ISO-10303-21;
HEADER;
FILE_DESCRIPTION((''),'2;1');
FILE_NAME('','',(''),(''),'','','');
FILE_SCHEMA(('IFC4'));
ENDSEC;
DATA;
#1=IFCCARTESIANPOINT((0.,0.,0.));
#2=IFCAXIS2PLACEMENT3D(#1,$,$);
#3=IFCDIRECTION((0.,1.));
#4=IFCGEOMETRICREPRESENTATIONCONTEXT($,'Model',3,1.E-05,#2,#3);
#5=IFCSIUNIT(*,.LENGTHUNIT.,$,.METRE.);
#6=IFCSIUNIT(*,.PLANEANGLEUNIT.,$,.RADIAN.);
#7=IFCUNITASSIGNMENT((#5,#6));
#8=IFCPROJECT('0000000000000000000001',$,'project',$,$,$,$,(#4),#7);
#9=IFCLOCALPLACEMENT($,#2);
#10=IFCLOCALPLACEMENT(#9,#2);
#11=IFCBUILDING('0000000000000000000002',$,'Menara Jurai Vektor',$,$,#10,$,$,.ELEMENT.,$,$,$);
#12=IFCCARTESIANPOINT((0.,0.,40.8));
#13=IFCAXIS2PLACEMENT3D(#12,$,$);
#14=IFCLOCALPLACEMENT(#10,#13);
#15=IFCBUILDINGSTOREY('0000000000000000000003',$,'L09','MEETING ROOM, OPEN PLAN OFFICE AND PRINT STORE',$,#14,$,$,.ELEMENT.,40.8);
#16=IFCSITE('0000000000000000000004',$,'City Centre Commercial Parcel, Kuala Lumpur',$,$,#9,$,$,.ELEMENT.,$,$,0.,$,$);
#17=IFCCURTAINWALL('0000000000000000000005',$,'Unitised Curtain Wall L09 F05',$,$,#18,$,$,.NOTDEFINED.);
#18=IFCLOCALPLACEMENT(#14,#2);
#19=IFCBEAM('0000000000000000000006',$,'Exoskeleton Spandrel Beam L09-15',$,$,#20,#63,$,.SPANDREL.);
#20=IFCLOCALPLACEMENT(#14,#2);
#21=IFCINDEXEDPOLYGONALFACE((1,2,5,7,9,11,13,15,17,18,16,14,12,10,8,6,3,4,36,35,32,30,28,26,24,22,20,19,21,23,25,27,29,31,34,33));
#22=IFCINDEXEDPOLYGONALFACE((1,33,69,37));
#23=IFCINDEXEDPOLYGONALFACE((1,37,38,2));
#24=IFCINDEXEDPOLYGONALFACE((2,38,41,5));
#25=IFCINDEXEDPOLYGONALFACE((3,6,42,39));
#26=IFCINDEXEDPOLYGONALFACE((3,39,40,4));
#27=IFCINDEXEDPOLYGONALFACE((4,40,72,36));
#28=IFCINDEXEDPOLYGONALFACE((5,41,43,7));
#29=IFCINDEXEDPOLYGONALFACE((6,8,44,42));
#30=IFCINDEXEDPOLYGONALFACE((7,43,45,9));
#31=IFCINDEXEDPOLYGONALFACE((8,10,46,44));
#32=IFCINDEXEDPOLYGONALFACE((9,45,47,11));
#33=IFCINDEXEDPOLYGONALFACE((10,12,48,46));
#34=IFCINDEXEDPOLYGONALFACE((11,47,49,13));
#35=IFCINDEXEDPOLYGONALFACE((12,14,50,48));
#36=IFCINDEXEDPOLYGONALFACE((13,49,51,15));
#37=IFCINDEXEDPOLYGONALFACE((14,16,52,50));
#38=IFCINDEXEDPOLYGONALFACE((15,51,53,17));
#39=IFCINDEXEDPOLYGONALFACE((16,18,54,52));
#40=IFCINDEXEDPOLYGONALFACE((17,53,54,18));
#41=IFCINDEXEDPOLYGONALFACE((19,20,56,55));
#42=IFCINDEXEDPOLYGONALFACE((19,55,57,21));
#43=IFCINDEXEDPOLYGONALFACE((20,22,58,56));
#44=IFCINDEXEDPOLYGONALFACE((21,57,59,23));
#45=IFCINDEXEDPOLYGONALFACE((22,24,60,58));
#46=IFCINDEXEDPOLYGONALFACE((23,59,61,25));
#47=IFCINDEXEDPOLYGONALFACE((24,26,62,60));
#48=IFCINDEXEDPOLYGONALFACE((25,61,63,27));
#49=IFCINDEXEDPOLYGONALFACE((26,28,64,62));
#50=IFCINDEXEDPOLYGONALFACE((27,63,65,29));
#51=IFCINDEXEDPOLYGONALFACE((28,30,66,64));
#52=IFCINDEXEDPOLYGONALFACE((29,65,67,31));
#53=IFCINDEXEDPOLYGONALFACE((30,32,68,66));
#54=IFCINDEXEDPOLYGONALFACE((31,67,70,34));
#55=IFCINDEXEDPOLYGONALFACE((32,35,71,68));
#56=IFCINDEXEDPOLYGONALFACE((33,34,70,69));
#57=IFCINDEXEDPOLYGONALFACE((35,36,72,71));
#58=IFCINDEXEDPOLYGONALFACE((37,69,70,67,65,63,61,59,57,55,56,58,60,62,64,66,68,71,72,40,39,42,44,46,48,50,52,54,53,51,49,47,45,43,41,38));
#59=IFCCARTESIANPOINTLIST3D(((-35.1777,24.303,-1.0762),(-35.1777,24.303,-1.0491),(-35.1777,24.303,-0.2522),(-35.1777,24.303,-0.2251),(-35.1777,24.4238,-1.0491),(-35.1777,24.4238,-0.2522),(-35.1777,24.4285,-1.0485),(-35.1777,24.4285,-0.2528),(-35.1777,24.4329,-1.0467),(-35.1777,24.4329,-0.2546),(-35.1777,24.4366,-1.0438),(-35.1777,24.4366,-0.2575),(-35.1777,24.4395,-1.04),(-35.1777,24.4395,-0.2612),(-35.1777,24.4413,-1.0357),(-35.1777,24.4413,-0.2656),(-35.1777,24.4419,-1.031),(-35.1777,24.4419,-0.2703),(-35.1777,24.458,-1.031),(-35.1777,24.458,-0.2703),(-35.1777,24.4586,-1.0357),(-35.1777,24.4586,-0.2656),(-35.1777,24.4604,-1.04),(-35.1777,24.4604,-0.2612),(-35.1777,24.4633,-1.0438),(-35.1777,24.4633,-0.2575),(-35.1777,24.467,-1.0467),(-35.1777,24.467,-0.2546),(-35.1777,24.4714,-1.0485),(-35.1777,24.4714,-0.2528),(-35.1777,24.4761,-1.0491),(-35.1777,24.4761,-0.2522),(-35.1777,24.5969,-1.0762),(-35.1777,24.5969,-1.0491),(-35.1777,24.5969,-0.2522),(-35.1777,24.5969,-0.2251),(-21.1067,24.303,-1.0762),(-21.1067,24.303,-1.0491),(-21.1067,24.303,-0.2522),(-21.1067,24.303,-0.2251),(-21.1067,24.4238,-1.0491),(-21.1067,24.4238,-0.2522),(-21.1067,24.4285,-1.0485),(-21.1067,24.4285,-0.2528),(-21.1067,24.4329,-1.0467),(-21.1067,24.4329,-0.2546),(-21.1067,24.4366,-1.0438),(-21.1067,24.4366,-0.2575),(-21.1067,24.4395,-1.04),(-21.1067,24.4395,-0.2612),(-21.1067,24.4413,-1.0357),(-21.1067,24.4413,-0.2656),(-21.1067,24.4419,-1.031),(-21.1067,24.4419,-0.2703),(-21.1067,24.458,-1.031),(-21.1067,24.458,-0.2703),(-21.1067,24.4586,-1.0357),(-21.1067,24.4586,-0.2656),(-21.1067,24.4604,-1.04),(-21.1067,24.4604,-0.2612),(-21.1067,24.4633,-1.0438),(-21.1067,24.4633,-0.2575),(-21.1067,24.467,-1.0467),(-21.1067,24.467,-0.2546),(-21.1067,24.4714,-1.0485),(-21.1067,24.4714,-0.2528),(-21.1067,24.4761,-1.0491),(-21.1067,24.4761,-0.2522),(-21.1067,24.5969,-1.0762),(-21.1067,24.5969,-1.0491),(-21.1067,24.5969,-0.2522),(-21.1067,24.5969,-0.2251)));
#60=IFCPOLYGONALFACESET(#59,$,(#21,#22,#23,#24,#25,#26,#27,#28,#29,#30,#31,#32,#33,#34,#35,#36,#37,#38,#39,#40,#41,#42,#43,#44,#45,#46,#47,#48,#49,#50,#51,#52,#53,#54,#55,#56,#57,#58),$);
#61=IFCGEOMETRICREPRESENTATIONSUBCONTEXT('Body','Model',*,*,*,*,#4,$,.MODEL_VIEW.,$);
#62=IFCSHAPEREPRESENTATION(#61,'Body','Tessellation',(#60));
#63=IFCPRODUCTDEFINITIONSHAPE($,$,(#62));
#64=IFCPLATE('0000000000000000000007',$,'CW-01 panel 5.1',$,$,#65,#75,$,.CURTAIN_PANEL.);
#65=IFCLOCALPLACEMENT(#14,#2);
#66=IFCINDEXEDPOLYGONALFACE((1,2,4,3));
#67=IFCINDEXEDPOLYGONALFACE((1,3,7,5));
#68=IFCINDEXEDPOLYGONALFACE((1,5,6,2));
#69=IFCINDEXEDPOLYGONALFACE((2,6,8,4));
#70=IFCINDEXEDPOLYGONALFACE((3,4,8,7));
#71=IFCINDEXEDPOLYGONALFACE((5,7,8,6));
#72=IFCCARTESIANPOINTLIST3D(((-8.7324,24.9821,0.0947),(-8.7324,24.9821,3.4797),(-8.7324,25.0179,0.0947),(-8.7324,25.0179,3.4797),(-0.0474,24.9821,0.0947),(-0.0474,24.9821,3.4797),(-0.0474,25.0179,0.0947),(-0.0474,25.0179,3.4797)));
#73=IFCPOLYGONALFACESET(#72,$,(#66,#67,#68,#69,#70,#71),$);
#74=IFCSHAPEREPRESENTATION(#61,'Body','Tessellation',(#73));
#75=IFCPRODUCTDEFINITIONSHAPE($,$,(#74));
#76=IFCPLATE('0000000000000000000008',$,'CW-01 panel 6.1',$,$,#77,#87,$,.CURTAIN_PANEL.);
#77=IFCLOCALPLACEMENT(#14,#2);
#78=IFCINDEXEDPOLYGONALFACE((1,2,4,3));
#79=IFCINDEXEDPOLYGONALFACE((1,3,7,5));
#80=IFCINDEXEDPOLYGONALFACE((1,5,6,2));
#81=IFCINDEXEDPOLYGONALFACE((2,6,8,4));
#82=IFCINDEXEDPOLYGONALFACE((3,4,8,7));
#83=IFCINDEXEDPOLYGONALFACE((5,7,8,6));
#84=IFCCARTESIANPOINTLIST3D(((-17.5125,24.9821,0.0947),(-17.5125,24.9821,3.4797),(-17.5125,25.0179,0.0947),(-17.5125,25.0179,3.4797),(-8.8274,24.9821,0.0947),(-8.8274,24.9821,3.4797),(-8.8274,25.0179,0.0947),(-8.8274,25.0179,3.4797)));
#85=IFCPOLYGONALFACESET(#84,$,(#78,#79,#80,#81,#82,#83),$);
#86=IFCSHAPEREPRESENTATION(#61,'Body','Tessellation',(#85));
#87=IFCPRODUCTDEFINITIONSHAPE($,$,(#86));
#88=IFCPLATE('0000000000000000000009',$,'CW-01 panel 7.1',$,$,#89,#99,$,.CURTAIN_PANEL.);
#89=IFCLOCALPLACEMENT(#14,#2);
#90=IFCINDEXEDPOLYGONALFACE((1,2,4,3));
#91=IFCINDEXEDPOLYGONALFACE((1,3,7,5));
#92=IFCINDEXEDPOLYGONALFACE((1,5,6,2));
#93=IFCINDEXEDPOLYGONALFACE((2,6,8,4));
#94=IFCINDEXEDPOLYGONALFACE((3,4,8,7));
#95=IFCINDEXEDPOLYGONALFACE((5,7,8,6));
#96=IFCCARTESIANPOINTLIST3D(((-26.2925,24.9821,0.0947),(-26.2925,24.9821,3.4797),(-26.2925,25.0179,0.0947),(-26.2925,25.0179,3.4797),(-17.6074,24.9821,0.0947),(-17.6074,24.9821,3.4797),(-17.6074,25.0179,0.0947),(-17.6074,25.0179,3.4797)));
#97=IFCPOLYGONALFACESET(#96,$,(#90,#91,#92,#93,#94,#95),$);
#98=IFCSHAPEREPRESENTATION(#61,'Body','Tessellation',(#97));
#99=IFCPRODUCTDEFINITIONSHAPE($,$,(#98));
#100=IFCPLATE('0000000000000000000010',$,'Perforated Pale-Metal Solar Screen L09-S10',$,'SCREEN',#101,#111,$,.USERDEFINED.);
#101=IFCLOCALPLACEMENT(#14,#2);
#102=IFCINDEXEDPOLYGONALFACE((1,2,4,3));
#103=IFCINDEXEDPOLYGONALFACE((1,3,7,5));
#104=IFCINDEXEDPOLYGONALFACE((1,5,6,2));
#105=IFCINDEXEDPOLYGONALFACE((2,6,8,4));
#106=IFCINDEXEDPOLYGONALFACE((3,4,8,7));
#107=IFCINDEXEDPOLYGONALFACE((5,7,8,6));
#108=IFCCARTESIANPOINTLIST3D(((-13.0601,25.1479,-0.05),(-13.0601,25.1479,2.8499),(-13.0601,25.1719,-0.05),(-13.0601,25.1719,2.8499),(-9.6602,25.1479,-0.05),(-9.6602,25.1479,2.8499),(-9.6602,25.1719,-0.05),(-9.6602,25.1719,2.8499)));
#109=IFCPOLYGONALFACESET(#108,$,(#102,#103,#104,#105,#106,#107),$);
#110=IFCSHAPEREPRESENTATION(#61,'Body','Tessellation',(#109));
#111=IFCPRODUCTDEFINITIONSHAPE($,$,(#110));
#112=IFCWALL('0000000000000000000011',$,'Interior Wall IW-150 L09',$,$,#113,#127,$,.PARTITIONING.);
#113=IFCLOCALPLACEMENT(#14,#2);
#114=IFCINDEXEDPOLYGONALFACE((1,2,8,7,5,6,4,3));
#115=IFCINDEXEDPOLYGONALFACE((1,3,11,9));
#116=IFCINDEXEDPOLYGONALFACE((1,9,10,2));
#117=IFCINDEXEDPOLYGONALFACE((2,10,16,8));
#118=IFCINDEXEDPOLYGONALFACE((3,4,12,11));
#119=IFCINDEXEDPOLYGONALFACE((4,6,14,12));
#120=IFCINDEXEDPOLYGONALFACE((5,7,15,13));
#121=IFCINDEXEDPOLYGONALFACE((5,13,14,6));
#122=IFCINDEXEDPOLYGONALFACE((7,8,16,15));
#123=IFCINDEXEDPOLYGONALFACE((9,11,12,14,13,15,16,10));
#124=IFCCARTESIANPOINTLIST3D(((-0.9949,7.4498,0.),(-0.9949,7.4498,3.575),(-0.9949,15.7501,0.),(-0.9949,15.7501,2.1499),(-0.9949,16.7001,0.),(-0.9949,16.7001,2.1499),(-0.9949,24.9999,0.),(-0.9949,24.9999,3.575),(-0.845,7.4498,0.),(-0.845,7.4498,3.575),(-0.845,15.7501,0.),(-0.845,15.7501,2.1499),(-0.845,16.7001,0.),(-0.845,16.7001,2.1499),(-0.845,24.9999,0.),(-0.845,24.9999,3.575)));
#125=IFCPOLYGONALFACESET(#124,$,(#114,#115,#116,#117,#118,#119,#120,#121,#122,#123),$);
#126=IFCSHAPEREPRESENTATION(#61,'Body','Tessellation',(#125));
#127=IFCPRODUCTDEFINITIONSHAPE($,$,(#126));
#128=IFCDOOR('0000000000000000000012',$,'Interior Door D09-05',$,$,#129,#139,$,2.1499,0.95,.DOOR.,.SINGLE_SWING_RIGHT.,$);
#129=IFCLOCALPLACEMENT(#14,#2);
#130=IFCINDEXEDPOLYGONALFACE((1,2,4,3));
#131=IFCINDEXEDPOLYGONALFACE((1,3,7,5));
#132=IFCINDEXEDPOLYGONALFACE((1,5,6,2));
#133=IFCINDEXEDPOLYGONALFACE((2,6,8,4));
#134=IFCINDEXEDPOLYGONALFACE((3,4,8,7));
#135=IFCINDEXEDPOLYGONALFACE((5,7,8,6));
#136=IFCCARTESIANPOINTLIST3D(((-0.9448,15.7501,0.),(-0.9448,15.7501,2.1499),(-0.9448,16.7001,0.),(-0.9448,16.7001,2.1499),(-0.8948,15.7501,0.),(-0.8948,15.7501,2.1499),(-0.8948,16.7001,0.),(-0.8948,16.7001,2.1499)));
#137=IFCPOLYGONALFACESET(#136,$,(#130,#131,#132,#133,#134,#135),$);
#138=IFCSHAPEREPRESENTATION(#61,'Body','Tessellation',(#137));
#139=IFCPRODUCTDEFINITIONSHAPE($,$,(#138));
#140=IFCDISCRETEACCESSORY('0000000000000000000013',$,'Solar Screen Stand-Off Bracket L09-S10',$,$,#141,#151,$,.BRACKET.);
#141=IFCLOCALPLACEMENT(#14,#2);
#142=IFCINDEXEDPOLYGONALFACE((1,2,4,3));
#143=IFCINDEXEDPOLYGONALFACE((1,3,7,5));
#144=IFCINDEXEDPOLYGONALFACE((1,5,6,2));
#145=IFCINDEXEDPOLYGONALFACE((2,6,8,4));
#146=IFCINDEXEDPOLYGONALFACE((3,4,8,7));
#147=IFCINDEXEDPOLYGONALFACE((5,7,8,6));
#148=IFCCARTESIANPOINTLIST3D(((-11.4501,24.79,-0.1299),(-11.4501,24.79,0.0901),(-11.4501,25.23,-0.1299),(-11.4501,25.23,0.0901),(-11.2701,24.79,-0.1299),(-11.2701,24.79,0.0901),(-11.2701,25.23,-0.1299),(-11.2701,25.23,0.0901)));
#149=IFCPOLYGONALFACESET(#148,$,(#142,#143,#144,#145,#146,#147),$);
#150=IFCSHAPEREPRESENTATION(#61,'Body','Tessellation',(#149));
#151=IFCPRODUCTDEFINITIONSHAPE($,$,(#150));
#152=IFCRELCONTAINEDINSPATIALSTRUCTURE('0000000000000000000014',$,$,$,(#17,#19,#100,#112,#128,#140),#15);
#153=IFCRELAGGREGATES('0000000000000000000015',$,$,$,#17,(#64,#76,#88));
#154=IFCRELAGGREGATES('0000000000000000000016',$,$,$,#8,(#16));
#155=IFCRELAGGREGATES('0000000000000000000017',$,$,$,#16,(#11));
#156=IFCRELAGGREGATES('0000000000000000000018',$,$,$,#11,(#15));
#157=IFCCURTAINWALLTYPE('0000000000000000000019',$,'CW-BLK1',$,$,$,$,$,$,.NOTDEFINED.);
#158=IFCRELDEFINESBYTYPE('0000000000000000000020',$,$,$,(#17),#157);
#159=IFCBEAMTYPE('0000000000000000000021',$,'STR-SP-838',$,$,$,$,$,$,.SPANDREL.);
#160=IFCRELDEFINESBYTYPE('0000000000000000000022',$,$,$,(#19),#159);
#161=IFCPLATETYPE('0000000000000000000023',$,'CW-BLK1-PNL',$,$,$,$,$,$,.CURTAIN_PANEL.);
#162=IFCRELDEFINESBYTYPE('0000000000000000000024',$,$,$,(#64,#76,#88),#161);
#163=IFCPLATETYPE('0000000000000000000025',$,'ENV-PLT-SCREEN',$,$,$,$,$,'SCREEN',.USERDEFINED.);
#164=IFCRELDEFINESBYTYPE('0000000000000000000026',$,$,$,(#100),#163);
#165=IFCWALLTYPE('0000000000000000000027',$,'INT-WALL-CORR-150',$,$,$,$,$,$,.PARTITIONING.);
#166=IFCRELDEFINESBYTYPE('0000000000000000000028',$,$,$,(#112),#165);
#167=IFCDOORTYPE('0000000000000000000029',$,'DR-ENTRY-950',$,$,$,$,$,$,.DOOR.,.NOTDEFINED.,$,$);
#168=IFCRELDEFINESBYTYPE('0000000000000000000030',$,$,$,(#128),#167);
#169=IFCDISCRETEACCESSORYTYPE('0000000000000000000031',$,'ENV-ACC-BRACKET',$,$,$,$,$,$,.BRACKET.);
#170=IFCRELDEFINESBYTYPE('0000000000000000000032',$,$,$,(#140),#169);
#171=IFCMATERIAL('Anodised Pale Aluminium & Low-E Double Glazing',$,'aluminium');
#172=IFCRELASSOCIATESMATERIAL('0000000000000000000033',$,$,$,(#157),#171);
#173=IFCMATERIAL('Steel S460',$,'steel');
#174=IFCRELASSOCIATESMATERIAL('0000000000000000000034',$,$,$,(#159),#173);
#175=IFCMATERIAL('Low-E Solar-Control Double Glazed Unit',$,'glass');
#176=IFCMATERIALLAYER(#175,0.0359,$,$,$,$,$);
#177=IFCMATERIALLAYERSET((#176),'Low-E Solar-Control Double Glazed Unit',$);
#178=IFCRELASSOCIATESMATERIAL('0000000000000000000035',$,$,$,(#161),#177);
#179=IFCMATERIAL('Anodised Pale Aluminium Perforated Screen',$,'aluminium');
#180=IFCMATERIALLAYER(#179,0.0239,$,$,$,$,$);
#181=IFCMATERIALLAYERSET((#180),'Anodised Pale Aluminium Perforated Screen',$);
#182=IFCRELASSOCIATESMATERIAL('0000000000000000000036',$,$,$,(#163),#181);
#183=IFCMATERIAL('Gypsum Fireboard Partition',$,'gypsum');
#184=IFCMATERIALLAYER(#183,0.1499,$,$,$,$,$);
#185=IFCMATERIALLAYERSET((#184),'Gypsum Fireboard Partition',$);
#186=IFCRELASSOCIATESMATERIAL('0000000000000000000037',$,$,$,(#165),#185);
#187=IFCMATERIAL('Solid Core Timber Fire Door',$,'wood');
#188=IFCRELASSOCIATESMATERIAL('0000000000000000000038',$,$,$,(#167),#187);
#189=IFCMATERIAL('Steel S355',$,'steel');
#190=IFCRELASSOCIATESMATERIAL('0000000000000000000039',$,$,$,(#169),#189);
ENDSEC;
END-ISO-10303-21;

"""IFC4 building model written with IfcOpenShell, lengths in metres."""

from ifc_helpers import new_model, si_unit, direction, frame, frame_2d, origin, origin_2d, place, context, subcontext, project, spatial, rectangle, i_section, extrude, material, layer, layer_set, material_profile, profile_set, type_object, element, fill, aggregate, save


model = new_model("IFC4")

# Units and contexts
model_context = context("Model", 3, precision=1e-05, world=origin(), true_north=direction((0.0, 1.0)))
body_context = subcontext(model_context, "Body", "Model", "MODEL_VIEW")
ifc_project = project(units=[si_unit("LENGTHUNIT", "METRE"), si_unit("PLANEANGLEUNIT", "RADIAN")], contexts=[model_context])

# Site, building, storey
site_placement = place(None, origin())
site = spatial("IfcSite", under=ifc_project, at=site_placement, Name="City Centre Commercial Parcel, Kuala Lumpur", CompositionType="ELEMENT", RefElevation=0.0)
building_placement = place(site_placement, origin())
building = spatial("IfcBuilding", under=site, at=building_placement, Name="Menara Jurai Vektor", CompositionType="ELEMENT")
storey_placement = place(building_placement, frame((0.0, 0.0, 40.8)))
storey = spatial("IfcBuildingStorey", under=building, at=storey_placement, Name="L09", Description="MEETING ROOM, OPEN PLAN OFFICE AND PRINT STORE", CompositionType="ELEMENT", Elevation=40.8)

# Shared definitions
ifc_material_1 = material(Name="Steel S460", Category="steel")

# Curtain wall
ifc_material_2 = material(Name="Anodised Pale Aluminium & Low-E Double Glazing", Category="aluminium")
curtain_wall_type = type_object("IfcCurtainWallType", Name="CW-BLK1", PredefinedType="NOTDEFINED", material=ifc_material_2)
curtain_wall_placement = place(storey_placement, origin())
curtain_wall = element("IfcCurtainWall", 1, at=curtain_wall_placement, inside=storey, type_object=curtain_wall_type, Name="Unitised Curtain Wall L09 F05", PredefinedType="NOTDEFINED")

# Beam
ifc_material_3 = material(Name="Steel S355", Category="steel")
ifc_material_profile_1 = material_profile(ifc_material_1, i_section(OverallWidth=0.2939, OverallDepth=0.8511, WebThickness=0.0161, FlangeThickness=0.0271, FilletRadius=0.0181, at=origin_2d()), Name="UKB 838x292x226")
ifc_profile_set_1 = profile_set([ifc_material_profile_1], Name="Steel S460")
beam_type_1 = type_object("IfcBeamType", Name="STR-SP-838", PredefinedType="SPANDREL", material=ifc_profile_set_1)
for number, where, z_axis, x_axis, name in (
    (2, (-21.1067, 24.45, -0.6506), (-1.0, 0.0, 0.0), (0.0, -1.0, 0.0), "Exoskeleton Spandrel Beam L09-15"),
):
    element("IfcBeam", number, at=place(storey_placement, frame(where, z_axis=z_axis, x_axis=x_axis)), inside=storey, type_object=beam_type_1, Name=name, PredefinedType="SPANDREL", context=body_context, shape_type="SweptSolid", body=[
        extrude(i_section(OverallWidth=0.2939, OverallDepth=0.8511, WebThickness=0.0161, FlangeThickness=0.0271, FilletRadius=0.0181, at=origin_2d()), origin(), (0.0, 0.0, 1.0), 14.071),
    ])

# Plates
ifc_material_4 = material(Name="Low-E Solar-Control Double Glazed Unit", Category="glass")
ifc_layer_1 = layer(ifc_material_4, 0.0359)
ifc_layer_set_1 = layer_set([ifc_layer_1], Name="Low-E Solar-Control Double Glazed Unit")
plate_type_1 = type_object("IfcPlateType", Name="CW-BLK1-PNL", PredefinedType="CURTAIN_PANEL", material=ifc_layer_set_1)
plate_1_placement = place(storey_placement, frame((-4.3899, 25.0, 0.0947), z_axis=(0.0, 0.0, 1.0), x_axis=(-1.0, 0.0, 0.0)))
plate_1 = element("IfcPlate", 3, at=plate_1_placement, type_object=plate_type_1, Name="CW-01 panel 5.1", PredefinedType="CURTAIN_PANEL", context=body_context, shape_type="SweptSolid", body=[
    extrude(rectangle(XDim=8.6851, YDim=0.0359, at=origin_2d()), origin(), (0.0, 0.0, 1.0), 3.385),
])
plate_2_placement = place(storey_placement, frame((-13.1699, 25.0, 0.0947), z_axis=(0.0, 0.0, 1.0), x_axis=(-1.0, 0.0, 0.0)))
plate_2 = element("IfcPlate", 4, at=plate_2_placement, type_object=plate_type_1, Name="CW-01 panel 6.1", PredefinedType="CURTAIN_PANEL", context=body_context, shape_type="SweptSolid", body=[
    extrude(rectangle(XDim=8.6851, YDim=0.0359, at=origin_2d()), origin(), (0.0, 0.0, 1.0), 3.385),
])
plate_3_placement = place(storey_placement, frame((-21.95, 25.0, 0.0947), z_axis=(0.0, 0.0, 1.0), x_axis=(-1.0, 0.0, 0.0)))
plate_3 = element("IfcPlate", 5, at=plate_3_placement, type_object=plate_type_1, Name="CW-01 panel 7.1", PredefinedType="CURTAIN_PANEL", context=body_context, shape_type="SweptSolid", body=[
    extrude(rectangle(XDim=8.6851, YDim=0.0359, at=origin_2d()), origin(), (0.0, 0.0, 1.0), 3.385),
])
aggregate(curtain_wall, [plate_1, plate_2, plate_3])
ifc_material_5 = material(Name="Anodised Pale Aluminium Perforated Screen", Category="aluminium")
ifc_layer_2 = layer(ifc_material_5, 0.0239)
ifc_layer_set_2 = layer_set([ifc_layer_2], Name="Anodised Pale Aluminium Perforated Screen")
plate_type_2 = type_object("IfcPlateType", Name="ENV-PLT-SCREEN", ElementType="SCREEN", PredefinedType="USERDEFINED", material=ifc_layer_set_2)
plate_4_placement = place(storey_placement, frame((-11.3601, 25.1599, -0.05), z_axis=(0.0, 0.0, 1.0), x_axis=(-1.0, 0.0, 0.0)))
element("IfcPlate", 6, at=plate_4_placement, inside=storey, type_object=plate_type_2, Name="Perforated Pale-Metal Solar Screen L09-S10", ObjectType="SCREEN", PredefinedType="USERDEFINED", context=body_context, shape_type="SweptSolid", body=[
    extrude(rectangle(XDim=3.3999, YDim=0.0239, at=origin_2d()), origin(), (0.0, 0.0, 1.0), 2.8999),
])

# Wall, opening, door
ifc_material_6 = material(Name="Gypsum Fireboard Partition", Category="gypsum")
ifc_layer_3 = layer(ifc_material_6, 0.1499)
ifc_layer_set_3 = layer_set([ifc_layer_3], Name="Gypsum Fireboard Partition")
wall_type = type_object("IfcWallType", Name="INT-WALL-CORR-150", PredefinedType="PARTITIONING", material=ifc_layer_set_3)
wall_placement = place(storey_placement, frame((-0.9199, 7.45, 0.0), z_axis=(0.0, 0.0, 1.0), x_axis=(0.0, 1.0, 0.0)))
wall = element("IfcWall", 7, at=wall_placement, inside=storey, type_object=wall_type, Name="Interior Wall IW-150 L09", PredefinedType="PARTITIONING", context=body_context, shape_type="SweptSolid", body=[
    extrude(rectangle(XDim=17.55, YDim=0.1499, at=frame_2d((8.7749, 0.0))), origin(), (0.0, 0.0, 1.0), 3.575),
])
opening_placement = place(wall_placement, frame((8.3, 0.0, 0.0)))
opening = element("IfcOpeningElement", 8, at=opening_placement, cuts=wall, PredefinedType="OPENING", context=body_context, shape_type="SweptSolid", body=[
    extrude(rectangle(XDim=0.95, YDim=2.1499, at=frame_2d((0.4751, 1.075))), frame((0.0, 0.085, 0.0), z_axis=(0.0, -1.0, 0.0), x_axis=(1.0, 0.0, 0.0)), (0.0, 0.0, 1.0), 0.1699),
])
ifc_material_7 = material(Name="Solid Core Timber Fire Door", Category="wood")
door_type = type_object("IfcDoorType", Name="DR-ENTRY-950", OperationType="NOTDEFINED", PredefinedType="DOOR", material=ifc_material_7)
door_placement = place(opening_placement, origin())
door = element("IfcDoor", 9, at=door_placement, inside=storey, type_object=door_type, Name="Interior Door D09-05", OperationType="SINGLE_SWING_RIGHT", OverallHeight=2.1499, OverallWidth=0.95, PredefinedType="DOOR", context=body_context, shape_type="SweptSolid", body=[
    extrude(rectangle(XDim=0.95, YDim=2.1499, at=frame_2d((0.4751, 1.075))), frame((0.0, 0.0249, 0.0), z_axis=(0.0, -1.0, 0.0), x_axis=(1.0, 0.0, 0.0)), (0.0, 0.0, 1.0), 0.05),
])
fill(opening, door)

# Discrete accessory
discrete_accessory_type = type_object("IfcDiscreteAccessoryType", Name="ENV-ACC-BRACKET", PredefinedType="BRACKET", material=ifc_material_3)
discrete_accessory_placement = place(storey_placement, frame((-11.3601, 25.01, -0.1299), z_axis=(0.0, 0.0, 1.0), x_axis=(-1.0, 0.0, 0.0)))
element("IfcDiscreteAccessory", 10, at=discrete_accessory_placement, inside=storey, type_object=discrete_accessory_type, Name="Solar Screen Stand-Off Bracket L09-S10", PredefinedType="BRACKET", context=body_context, shape_type="SweptSolid", body=[
    extrude(rectangle(XDim=0.1799, YDim=0.4399, at=origin_2d()), origin(), (0.0, 0.0, 1.0), 0.22),
])

save(model, "model.ifc")
